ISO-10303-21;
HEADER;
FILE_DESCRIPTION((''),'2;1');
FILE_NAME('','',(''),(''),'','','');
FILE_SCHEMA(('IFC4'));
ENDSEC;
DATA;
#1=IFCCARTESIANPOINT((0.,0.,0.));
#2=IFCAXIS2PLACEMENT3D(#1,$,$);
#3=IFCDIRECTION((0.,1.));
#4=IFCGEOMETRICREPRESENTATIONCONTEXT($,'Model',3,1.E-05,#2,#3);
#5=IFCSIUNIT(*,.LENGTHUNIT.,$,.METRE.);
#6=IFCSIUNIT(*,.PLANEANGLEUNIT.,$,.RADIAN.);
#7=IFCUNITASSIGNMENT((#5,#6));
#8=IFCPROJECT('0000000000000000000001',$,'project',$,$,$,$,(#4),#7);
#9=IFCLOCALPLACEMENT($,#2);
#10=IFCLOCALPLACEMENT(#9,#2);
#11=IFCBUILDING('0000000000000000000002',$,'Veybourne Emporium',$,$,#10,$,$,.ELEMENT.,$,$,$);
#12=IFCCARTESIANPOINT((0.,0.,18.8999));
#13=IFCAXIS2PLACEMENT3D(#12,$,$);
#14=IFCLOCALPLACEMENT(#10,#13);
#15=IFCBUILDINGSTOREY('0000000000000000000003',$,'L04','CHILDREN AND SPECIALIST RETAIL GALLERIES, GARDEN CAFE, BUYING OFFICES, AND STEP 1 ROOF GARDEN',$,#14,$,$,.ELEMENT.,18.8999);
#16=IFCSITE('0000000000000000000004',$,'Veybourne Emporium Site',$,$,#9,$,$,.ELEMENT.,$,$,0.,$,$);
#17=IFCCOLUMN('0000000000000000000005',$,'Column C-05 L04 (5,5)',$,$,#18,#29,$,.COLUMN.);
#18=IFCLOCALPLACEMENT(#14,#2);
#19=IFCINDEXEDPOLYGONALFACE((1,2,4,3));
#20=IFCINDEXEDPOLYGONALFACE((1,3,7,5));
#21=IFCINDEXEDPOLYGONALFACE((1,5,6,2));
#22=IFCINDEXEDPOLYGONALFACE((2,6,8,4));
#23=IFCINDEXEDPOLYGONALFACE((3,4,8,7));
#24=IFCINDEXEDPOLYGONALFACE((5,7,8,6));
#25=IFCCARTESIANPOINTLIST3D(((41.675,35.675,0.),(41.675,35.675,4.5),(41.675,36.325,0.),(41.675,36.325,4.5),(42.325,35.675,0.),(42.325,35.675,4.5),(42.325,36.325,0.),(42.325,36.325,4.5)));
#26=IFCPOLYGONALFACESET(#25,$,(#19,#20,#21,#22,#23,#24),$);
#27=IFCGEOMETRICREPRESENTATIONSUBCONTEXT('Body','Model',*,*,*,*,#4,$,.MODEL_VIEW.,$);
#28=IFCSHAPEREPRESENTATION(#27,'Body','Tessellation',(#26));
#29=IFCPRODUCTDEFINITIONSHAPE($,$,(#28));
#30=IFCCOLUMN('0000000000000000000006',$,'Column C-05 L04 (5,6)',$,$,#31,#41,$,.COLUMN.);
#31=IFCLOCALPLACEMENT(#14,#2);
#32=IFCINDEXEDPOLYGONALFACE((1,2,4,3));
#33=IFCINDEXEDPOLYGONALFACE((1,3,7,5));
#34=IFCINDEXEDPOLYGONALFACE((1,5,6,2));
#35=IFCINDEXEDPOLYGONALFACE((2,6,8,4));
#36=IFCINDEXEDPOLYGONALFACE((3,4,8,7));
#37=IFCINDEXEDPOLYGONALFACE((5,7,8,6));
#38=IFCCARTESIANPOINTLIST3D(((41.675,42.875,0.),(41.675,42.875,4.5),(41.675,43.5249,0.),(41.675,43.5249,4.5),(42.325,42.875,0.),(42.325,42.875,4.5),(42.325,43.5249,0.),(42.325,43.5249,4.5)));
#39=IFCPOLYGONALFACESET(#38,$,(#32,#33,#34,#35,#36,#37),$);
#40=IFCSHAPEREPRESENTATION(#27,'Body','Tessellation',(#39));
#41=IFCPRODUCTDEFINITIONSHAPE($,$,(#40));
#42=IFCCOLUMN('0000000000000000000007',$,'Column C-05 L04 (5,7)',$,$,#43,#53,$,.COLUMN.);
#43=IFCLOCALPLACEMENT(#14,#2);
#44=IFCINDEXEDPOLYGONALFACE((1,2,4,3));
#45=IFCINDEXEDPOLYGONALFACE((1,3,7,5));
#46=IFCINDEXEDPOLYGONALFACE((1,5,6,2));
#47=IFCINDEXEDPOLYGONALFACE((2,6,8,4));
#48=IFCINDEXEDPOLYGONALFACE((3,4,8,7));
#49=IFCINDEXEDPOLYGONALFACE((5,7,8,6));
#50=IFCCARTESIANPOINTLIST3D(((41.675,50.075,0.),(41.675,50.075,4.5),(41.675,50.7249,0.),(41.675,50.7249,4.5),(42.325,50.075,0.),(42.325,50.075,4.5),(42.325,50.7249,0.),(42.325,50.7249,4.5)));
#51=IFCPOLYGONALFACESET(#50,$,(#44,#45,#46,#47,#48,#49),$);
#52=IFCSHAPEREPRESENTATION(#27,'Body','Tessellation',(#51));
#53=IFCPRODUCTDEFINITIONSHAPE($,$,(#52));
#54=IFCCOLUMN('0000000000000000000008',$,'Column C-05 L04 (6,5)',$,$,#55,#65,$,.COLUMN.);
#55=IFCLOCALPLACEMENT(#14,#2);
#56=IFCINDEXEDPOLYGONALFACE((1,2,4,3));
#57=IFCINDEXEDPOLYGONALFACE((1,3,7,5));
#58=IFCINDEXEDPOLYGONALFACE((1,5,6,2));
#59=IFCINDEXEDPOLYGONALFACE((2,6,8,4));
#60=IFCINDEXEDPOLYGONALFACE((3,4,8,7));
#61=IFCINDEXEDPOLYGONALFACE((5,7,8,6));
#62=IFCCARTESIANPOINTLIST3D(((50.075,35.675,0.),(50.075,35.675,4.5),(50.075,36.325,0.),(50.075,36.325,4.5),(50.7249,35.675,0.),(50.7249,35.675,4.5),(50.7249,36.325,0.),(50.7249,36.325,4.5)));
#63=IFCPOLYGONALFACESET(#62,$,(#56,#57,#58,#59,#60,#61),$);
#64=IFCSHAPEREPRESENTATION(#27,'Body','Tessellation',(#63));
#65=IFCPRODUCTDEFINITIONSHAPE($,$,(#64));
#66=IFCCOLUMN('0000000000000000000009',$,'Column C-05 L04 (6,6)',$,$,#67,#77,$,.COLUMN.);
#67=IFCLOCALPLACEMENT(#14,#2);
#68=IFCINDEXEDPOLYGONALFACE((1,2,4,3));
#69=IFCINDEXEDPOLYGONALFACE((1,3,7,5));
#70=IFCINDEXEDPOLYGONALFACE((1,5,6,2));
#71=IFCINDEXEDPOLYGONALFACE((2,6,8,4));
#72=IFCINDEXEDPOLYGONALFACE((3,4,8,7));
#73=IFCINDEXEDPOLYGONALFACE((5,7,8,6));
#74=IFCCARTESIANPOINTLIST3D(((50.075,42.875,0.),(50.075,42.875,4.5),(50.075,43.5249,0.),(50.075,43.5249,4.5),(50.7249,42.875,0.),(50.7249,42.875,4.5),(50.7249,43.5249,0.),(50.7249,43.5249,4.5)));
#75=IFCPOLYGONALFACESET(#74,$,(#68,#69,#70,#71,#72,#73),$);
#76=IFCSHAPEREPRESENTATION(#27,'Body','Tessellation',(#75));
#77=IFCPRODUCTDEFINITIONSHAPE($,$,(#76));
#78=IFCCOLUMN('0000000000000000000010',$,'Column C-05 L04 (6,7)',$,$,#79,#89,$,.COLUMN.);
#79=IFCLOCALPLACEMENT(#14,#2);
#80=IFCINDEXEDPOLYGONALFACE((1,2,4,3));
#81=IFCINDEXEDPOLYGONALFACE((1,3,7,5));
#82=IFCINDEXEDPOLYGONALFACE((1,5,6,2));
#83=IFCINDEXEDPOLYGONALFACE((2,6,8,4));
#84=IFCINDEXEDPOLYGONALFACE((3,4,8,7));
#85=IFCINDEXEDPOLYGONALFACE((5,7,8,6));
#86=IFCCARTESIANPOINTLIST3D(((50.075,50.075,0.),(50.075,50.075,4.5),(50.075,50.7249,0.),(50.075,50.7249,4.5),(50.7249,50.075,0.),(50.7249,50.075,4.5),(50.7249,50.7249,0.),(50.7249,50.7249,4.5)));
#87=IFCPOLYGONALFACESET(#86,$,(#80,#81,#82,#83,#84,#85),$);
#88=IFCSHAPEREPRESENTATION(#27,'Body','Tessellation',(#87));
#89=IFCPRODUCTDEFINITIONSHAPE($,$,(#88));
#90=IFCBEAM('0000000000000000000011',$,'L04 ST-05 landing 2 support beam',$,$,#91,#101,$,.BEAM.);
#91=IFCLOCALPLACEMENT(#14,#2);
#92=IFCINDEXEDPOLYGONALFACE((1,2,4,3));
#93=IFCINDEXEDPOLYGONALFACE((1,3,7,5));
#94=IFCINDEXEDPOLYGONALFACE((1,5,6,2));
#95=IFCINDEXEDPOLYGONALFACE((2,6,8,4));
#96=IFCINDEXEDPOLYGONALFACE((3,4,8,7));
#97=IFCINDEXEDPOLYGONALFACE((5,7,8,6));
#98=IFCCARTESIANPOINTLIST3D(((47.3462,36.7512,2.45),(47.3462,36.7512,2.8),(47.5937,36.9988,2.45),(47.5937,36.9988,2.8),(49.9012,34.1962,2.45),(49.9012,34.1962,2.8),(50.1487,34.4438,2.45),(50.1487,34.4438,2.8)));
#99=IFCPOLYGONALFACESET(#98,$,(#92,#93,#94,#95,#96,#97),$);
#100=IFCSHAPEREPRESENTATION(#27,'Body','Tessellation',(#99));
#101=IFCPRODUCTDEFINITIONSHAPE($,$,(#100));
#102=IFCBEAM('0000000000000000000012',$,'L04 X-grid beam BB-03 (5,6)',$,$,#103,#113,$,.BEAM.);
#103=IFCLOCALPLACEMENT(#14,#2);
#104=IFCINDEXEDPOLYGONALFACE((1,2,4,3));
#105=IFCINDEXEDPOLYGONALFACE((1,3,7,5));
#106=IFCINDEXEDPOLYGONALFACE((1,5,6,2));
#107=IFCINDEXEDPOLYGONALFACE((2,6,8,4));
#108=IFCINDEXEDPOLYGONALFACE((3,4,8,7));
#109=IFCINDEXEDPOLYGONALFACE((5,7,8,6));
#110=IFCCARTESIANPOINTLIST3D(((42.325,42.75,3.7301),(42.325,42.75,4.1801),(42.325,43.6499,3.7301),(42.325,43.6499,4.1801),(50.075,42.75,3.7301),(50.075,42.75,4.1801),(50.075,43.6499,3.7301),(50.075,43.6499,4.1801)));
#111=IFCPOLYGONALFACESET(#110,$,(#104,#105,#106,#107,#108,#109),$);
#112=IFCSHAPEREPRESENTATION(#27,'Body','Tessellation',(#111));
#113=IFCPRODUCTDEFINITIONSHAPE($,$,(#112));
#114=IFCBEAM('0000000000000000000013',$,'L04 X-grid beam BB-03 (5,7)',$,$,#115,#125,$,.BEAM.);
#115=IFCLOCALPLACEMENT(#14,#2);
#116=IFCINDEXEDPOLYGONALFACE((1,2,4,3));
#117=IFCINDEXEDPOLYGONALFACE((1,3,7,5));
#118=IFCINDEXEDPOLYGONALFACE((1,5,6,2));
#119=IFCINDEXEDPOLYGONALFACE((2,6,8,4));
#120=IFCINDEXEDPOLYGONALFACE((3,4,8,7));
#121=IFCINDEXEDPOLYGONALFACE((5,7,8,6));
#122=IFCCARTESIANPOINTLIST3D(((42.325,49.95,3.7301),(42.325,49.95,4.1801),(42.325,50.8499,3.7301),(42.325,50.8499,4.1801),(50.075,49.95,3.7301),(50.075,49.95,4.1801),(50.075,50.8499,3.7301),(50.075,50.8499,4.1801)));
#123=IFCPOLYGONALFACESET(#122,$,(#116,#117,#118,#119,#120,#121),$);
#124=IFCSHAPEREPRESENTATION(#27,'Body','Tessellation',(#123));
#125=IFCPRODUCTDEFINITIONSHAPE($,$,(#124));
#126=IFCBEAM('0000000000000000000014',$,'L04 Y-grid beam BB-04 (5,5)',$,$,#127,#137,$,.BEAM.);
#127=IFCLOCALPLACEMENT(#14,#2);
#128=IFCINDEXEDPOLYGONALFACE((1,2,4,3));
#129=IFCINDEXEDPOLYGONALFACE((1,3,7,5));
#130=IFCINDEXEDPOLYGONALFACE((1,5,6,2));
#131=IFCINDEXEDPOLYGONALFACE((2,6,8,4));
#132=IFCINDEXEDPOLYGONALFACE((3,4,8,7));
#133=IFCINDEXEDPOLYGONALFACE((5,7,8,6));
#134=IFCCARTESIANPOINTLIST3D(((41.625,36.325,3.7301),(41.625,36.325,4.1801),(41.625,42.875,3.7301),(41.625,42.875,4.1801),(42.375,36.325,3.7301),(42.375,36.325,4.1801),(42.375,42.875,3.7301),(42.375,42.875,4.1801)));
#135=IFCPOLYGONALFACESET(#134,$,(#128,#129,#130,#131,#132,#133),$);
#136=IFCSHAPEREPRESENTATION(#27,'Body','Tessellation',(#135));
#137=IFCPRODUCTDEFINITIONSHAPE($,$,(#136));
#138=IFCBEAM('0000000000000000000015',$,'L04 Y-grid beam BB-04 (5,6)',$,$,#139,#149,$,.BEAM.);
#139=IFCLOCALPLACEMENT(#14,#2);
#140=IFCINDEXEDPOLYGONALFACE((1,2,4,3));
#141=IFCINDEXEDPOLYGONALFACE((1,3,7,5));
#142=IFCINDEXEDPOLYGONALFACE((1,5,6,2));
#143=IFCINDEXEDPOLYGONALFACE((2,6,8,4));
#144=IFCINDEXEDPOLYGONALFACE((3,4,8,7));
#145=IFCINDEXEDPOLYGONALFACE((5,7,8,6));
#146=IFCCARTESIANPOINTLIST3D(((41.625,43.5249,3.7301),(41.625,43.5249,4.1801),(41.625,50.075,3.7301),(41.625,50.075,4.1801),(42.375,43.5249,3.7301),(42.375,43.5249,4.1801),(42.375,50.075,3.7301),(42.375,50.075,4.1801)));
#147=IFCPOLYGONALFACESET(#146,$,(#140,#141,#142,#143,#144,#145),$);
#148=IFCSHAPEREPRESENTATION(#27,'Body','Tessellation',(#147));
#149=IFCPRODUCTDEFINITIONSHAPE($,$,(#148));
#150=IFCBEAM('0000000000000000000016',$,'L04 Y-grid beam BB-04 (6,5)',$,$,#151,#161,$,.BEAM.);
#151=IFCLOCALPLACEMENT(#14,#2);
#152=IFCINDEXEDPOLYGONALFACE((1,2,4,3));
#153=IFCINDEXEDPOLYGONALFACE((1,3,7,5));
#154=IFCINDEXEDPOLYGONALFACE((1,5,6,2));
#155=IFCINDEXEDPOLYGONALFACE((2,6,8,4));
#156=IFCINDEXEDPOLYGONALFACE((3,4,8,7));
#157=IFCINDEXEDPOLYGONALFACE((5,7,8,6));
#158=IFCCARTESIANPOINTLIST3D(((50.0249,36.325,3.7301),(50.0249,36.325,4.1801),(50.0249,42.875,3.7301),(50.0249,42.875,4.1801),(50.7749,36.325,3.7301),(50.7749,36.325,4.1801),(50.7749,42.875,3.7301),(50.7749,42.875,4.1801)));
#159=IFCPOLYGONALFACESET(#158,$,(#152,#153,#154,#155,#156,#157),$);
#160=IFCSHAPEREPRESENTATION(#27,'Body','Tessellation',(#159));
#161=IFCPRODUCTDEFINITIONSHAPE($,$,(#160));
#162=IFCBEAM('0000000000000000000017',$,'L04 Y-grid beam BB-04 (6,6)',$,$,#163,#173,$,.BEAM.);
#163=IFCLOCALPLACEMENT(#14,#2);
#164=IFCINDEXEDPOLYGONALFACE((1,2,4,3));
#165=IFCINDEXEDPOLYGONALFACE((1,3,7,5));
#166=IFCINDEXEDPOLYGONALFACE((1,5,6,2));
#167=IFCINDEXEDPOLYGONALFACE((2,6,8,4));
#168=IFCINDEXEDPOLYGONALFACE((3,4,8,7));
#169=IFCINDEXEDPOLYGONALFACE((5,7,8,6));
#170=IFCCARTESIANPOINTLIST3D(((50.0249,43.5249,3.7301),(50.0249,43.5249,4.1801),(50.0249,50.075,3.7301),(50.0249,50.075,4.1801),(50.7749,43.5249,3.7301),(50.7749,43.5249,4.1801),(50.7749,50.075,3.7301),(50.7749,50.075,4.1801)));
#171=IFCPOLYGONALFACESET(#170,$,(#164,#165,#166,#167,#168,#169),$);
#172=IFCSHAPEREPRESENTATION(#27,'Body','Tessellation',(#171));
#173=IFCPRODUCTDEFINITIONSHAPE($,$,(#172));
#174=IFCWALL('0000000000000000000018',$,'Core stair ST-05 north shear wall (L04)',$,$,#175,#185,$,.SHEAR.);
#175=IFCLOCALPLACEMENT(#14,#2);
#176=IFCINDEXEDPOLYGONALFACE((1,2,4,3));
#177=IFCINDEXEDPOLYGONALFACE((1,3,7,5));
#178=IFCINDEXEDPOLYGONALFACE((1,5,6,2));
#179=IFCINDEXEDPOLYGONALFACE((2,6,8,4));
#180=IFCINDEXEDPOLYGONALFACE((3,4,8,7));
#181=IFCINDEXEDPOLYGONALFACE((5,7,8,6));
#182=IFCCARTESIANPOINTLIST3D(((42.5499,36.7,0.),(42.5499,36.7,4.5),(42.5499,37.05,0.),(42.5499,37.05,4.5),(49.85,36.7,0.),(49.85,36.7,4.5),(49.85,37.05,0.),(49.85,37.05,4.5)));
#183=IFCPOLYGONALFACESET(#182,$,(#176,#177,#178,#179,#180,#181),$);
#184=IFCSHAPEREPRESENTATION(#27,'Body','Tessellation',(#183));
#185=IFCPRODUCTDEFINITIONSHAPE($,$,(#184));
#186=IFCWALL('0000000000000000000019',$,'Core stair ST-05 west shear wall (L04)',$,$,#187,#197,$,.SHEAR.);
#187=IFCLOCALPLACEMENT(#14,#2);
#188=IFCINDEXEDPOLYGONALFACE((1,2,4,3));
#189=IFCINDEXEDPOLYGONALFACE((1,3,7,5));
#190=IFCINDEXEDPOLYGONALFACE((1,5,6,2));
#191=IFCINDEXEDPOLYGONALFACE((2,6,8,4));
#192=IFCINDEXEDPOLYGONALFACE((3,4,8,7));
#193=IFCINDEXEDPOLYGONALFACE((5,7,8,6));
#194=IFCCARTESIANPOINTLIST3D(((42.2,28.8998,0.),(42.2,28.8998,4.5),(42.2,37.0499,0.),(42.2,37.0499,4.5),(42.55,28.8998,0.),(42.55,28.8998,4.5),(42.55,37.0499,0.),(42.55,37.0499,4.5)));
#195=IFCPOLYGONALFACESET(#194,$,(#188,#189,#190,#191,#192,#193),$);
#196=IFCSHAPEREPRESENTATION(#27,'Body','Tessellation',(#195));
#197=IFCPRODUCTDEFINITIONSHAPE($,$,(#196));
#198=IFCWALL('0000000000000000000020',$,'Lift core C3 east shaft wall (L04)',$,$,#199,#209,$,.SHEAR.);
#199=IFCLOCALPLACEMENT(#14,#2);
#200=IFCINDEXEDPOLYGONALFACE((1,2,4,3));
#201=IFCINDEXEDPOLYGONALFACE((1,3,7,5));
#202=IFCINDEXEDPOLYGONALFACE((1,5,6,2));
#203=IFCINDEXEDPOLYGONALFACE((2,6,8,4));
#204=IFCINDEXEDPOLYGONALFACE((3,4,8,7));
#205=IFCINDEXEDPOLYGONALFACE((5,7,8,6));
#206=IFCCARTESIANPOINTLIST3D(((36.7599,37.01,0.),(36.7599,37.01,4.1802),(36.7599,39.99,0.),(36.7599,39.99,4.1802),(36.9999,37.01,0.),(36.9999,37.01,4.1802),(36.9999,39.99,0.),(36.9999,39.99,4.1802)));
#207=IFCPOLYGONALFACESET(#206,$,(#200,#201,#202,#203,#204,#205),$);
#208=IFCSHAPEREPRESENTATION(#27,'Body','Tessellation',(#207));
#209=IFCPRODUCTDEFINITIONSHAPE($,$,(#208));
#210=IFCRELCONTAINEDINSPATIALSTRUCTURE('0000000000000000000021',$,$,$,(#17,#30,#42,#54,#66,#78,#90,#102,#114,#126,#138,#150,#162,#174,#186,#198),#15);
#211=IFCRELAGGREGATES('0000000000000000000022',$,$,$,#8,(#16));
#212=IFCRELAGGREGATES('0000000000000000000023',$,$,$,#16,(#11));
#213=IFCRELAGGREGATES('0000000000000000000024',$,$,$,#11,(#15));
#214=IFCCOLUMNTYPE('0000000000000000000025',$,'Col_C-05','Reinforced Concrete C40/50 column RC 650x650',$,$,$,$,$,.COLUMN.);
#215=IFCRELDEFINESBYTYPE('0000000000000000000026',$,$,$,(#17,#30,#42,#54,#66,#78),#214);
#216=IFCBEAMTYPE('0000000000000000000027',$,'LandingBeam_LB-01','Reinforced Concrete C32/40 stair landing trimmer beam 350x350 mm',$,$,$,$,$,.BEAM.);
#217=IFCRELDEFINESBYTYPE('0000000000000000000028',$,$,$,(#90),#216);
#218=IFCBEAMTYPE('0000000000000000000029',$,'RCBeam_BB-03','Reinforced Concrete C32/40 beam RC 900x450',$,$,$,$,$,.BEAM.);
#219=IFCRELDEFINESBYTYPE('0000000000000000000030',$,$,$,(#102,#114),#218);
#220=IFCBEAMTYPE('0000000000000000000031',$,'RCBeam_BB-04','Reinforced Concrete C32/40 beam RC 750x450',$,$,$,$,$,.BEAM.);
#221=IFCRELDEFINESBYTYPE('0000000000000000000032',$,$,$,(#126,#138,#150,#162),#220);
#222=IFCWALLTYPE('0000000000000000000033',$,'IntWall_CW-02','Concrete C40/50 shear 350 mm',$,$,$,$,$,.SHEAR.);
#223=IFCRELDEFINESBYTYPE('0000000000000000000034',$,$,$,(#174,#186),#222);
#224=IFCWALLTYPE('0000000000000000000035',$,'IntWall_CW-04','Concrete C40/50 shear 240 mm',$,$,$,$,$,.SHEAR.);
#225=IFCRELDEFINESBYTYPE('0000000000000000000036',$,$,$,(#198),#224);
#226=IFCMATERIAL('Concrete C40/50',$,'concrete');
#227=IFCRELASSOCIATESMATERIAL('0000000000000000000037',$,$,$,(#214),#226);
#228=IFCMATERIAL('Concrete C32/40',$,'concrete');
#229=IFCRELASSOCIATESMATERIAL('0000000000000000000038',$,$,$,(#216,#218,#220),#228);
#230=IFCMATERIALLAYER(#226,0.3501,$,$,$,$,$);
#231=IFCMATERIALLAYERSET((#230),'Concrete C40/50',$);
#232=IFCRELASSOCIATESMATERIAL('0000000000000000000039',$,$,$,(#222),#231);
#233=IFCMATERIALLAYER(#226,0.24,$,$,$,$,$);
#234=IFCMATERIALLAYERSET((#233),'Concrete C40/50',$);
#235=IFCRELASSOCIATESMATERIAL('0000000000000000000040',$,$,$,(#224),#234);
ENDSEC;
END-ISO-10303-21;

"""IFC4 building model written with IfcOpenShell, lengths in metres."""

from ifc_helpers import new_model, si_unit, direction, frame, frame_2d, origin, origin_2d, place, context, subcontext, project, spatial, rectangle, extrude, material, layer, layer_set, material_profile, profile_set, type_object, element, save


model = new_model("IFC4")

# Units and contexts
model_context = context("Model", 3, precision=1e-05, world=origin(), true_north=direction((0.0, 1.0)))
body_context = subcontext(model_context, "Body", "Model", "MODEL_VIEW")
ifc_project = project(units=[si_unit("LENGTHUNIT", "METRE"), si_unit("PLANEANGLEUNIT", "RADIAN")], contexts=[model_context])

# Site, building, storey
site_placement = place(None, origin())
site = spatial("IfcSite", under=ifc_project, at=site_placement, Name="Veybourne Emporium Site", CompositionType="ELEMENT", RefElevation=0.0)
building_placement = place(site_placement, origin())
building = spatial("IfcBuilding", under=site, at=building_placement, Name="Veybourne Emporium", CompositionType="ELEMENT")
storey_placement = place(building_placement, frame((0.0, 0.0, 18.8999)))
storey = spatial("IfcBuildingStorey", under=building, at=storey_placement, Name="L04", Description="CHILDREN AND SPECIALIST RETAIL GALLERIES, GARDEN CAFE, BUYING OFFICES, AND STEP 1 ROOF GARDEN", CompositionType="ELEMENT", Elevation=18.8999)

# Columns
ifc_material_1 = material(Name="Concrete C40/50", Category="concrete")
ifc_material_profile_1 = material_profile(ifc_material_1, rectangle(XDim=0.6499, YDim=0.6499, at=origin_2d()), Name="RC 650x650")
ifc_profile_set_1 = profile_set([ifc_material_profile_1], Name="Concrete C40/50")
column_type = type_object("IfcColumnType", Name="Col_C-05", Description="Reinforced Concrete C40/50 column RC 650x650", PredefinedType="COLUMN", material=ifc_profile_set_1)
for number, where, z_axis, x_axis, name in (
    (1, (42.0, 36.0, 0.0), (0.0, 0.0, 1.0), (1.0, 0.0, 0.0), "Column C-05 L04 (5,5)"),
    (2, (42.0, 43.2, 0.0), (0.0, 0.0, 1.0), (1.0, 0.0, 0.0), "Column C-05 L04 (5,6)"),
    (3, (42.0, 50.3999, 0.0), (0.0, 0.0, 1.0), (1.0, 0.0, 0.0), "Column C-05 L04 (5,7)"),
    (4, (50.3999, 36.0, 0.0), (0.0, 0.0, 1.0), (1.0, 0.0, 0.0), "Column C-05 L04 (6,5)"),
    (5, (50.3999, 43.2, 0.0), (0.0, 0.0, 1.0), (1.0, 0.0, 0.0), "Column C-05 L04 (6,6)"),
    (6, (50.3999, 50.3999, 0.0), (0.0, 0.0, 1.0), (1.0, 0.0, 0.0), "Column C-05 L04 (6,7)"),
):
    element("IfcColumn", number, at=place(storey_placement, frame(where, z_axis=z_axis, x_axis=x_axis)), inside=storey, type_object=column_type, Name=name, PredefinedType="COLUMN", context=body_context, shape_type="SweptSolid", body=[
        extrude(rectangle(XDim=0.6499, YDim=0.6499, at=origin_2d()), origin(), (0.0, 0.0, 1.0), 4.5),
    ])

# Beams
ifc_material_2 = material(Name="Concrete C32/40", Category="concrete")
ifc_material_profile_2 = material_profile(ifc_material_2, rectangle(XDim=0.3501, YDim=0.3501, at=origin_2d()), Name="RC 350x350")
ifc_profile_set_2 = profile_set([ifc_material_profile_2], Name="Concrete C32/40")
beam_type_1 = type_object("IfcBeamType", Name="LandingBeam_LB-01", Description="Reinforced Concrete C32/40 stair landing trimmer beam 350x350 mm", PredefinedType="BEAM", material=ifc_profile_set_2)
beam_placement = place(storey_placement, frame((47.47, 36.875, 2.625), z_axis=(0.707107, -0.707107, 0.0), x_axis=(0.707107, 0.707107, 0.0)))
element("IfcBeam", 7, at=beam_placement, inside=storey, type_object=beam_type_1, Name="L04 ST-05 landing 2 support beam", PredefinedType="BEAM", context=body_context, shape_type="SweptSolid", body=[
    extrude(rectangle(XDim=0.3501, YDim=0.3501, at=origin_2d()), origin(), (0.0, 0.0, 1.0), 3.6133),
])
ifc_material_profile_3 = material_profile(ifc_material_2, rectangle(XDim=0.8999, YDim=0.45, at=origin_2d()), Name="RC 900x450")
ifc_profile_set_3 = profile_set([ifc_material_profile_3], Name="Concrete C32/40")
beam_type_2 = type_object("IfcBeamType", Name="RCBeam_BB-03", Description="Reinforced Concrete C32/40 beam RC 900x450", PredefinedType="BEAM", material=ifc_profile_set_3)
for number, where, z_axis, x_axis, name in (
    (8, (42.325, 43.2, 3.9551), (1.0, 0.0, 0.0), (0.0, 1.0, 0.0), "L04 X-grid beam BB-03 (5,6)"),
    (9, (42.325, 50.3999, 3.9551), (1.0, 0.0, 0.0), (0.0, 1.0, 0.0), "L04 X-grid beam BB-03 (5,7)"),
):
    element("IfcBeam", number, at=place(storey_placement, frame(where, z_axis=z_axis, x_axis=x_axis)), inside=storey, type_object=beam_type_2, Name=name, PredefinedType="BEAM", context=body_context, shape_type="SweptSolid", body=[
        extrude(rectangle(XDim=0.8999, YDim=0.45, at=origin_2d()), origin(), (0.0, 0.0, 1.0), 7.75),
    ])
ifc_material_profile_4 = material_profile(ifc_material_2, rectangle(XDim=0.75, YDim=0.45, at=origin_2d()), Name="RC 750x450")
ifc_profile_set_4 = profile_set([ifc_material_profile_4], Name="Concrete C32/40")
beam_type_3 = type_object("IfcBeamType", Name="RCBeam_BB-04", Description="Reinforced Concrete C32/40 beam RC 750x450", PredefinedType="BEAM", material=ifc_profile_set_4)
for number, where, z_axis, x_axis, name in (
    (10, (42.0, 36.325, 3.9551), (0.0, 1.0, 0.0), (-1.0, 0.0, 0.0), "L04 Y-grid beam BB-04 (5,5)"),
    (11, (42.0, 43.5249, 3.9551), (0.0, 1.0, 0.0), (-1.0, 0.0, 0.0), "L04 Y-grid beam BB-04 (5,6)"),
    (12, (50.3999, 36.325, 3.9551), (0.0, 1.0, 0.0), (-1.0, 0.0, 0.0), "L04 Y-grid beam BB-04 (6,5)"),
    (13, (50.3999, 43.5249, 3.9551), (0.0, 1.0, 0.0), (-1.0, 0.0, 0.0), "L04 Y-grid beam BB-04 (6,6)"),
):
    element("IfcBeam", number, at=place(storey_placement, frame(where, z_axis=z_axis, x_axis=x_axis)), inside=storey, type_object=beam_type_3, Name=name, PredefinedType="BEAM", context=body_context, shape_type="SweptSolid", body=[
        extrude(rectangle(XDim=0.75, YDim=0.45, at=origin_2d()), origin(), (0.0, 0.0, 1.0), 6.55),
    ])

# Walls
ifc_layer_1 = layer(ifc_material_1, 0.3501)
ifc_layer_set_1 = layer_set([ifc_layer_1], Name="Concrete C40/50")
wall_type_1 = type_object("IfcWallType", Name="IntWall_CW-02", Description="Concrete C40/50 shear 350 mm", PredefinedType="SHEAR", material=ifc_layer_set_1)
wall_1_placement = place(storey_placement, frame((42.55, 36.875, 0.0), z_axis=(0.0, 0.0, 1.0), x_axis=(1.0, 0.0, 0.0)))
element("IfcWall", 14, at=wall_1_placement, inside=storey, type_object=wall_type_1, Name="Core stair ST-05 north shear wall (L04)", PredefinedType="SHEAR", context=body_context, shape_type="SweptSolid", body=[
    extrude(rectangle(XDim=7.3, YDim=0.3501, at=frame_2d((3.6499, 0.0))), origin(), (0.0, 0.0, 1.0), 4.5),
])
wall_2_placement = place(storey_placement, frame((42.375, 37.05, 0.0), z_axis=(0.0, 0.0, 1.0), x_axis=(0.0, -1.0, 0.0)))
element("IfcWall", 15, at=wall_2_placement, inside=storey, type_object=wall_type_1, Name="Core stair ST-05 west shear wall (L04)", PredefinedType="SHEAR", context=body_context, shape_type="SweptSolid", body=[
    extrude(rectangle(XDim=8.1501, YDim=0.3501, at=frame_2d((4.0752, 0.0))), origin(), (0.0, 0.0, 1.0), 4.5),
])
ifc_layer_2 = layer(ifc_material_1, 0.24)
ifc_layer_set_2 = layer_set([ifc_layer_2], Name="Concrete C40/50")
wall_type_2 = type_object("IfcWallType", Name="IntWall_CW-04", Description="Concrete C40/50 shear 240 mm", PredefinedType="SHEAR", material=ifc_layer_set_2)
wall_3_placement = place(storey_placement, frame((36.8799, 37.01, 0.0), z_axis=(0.0, 0.0, 1.0), x_axis=(0.0, 1.0, 0.0)))
element("IfcWall", 16, at=wall_3_placement, inside=storey, type_object=wall_type_2, Name="Lift core C3 east shaft wall (L04)", PredefinedType="SHEAR", context=body_context, shape_type="SweptSolid", body=[
    extrude(rectangle(XDim=2.98, YDim=0.24, at=frame_2d((1.49, 0.0))), origin(), (0.0, 0.0, 1.0), 4.1802),
])

save(model, "model.ifc")
